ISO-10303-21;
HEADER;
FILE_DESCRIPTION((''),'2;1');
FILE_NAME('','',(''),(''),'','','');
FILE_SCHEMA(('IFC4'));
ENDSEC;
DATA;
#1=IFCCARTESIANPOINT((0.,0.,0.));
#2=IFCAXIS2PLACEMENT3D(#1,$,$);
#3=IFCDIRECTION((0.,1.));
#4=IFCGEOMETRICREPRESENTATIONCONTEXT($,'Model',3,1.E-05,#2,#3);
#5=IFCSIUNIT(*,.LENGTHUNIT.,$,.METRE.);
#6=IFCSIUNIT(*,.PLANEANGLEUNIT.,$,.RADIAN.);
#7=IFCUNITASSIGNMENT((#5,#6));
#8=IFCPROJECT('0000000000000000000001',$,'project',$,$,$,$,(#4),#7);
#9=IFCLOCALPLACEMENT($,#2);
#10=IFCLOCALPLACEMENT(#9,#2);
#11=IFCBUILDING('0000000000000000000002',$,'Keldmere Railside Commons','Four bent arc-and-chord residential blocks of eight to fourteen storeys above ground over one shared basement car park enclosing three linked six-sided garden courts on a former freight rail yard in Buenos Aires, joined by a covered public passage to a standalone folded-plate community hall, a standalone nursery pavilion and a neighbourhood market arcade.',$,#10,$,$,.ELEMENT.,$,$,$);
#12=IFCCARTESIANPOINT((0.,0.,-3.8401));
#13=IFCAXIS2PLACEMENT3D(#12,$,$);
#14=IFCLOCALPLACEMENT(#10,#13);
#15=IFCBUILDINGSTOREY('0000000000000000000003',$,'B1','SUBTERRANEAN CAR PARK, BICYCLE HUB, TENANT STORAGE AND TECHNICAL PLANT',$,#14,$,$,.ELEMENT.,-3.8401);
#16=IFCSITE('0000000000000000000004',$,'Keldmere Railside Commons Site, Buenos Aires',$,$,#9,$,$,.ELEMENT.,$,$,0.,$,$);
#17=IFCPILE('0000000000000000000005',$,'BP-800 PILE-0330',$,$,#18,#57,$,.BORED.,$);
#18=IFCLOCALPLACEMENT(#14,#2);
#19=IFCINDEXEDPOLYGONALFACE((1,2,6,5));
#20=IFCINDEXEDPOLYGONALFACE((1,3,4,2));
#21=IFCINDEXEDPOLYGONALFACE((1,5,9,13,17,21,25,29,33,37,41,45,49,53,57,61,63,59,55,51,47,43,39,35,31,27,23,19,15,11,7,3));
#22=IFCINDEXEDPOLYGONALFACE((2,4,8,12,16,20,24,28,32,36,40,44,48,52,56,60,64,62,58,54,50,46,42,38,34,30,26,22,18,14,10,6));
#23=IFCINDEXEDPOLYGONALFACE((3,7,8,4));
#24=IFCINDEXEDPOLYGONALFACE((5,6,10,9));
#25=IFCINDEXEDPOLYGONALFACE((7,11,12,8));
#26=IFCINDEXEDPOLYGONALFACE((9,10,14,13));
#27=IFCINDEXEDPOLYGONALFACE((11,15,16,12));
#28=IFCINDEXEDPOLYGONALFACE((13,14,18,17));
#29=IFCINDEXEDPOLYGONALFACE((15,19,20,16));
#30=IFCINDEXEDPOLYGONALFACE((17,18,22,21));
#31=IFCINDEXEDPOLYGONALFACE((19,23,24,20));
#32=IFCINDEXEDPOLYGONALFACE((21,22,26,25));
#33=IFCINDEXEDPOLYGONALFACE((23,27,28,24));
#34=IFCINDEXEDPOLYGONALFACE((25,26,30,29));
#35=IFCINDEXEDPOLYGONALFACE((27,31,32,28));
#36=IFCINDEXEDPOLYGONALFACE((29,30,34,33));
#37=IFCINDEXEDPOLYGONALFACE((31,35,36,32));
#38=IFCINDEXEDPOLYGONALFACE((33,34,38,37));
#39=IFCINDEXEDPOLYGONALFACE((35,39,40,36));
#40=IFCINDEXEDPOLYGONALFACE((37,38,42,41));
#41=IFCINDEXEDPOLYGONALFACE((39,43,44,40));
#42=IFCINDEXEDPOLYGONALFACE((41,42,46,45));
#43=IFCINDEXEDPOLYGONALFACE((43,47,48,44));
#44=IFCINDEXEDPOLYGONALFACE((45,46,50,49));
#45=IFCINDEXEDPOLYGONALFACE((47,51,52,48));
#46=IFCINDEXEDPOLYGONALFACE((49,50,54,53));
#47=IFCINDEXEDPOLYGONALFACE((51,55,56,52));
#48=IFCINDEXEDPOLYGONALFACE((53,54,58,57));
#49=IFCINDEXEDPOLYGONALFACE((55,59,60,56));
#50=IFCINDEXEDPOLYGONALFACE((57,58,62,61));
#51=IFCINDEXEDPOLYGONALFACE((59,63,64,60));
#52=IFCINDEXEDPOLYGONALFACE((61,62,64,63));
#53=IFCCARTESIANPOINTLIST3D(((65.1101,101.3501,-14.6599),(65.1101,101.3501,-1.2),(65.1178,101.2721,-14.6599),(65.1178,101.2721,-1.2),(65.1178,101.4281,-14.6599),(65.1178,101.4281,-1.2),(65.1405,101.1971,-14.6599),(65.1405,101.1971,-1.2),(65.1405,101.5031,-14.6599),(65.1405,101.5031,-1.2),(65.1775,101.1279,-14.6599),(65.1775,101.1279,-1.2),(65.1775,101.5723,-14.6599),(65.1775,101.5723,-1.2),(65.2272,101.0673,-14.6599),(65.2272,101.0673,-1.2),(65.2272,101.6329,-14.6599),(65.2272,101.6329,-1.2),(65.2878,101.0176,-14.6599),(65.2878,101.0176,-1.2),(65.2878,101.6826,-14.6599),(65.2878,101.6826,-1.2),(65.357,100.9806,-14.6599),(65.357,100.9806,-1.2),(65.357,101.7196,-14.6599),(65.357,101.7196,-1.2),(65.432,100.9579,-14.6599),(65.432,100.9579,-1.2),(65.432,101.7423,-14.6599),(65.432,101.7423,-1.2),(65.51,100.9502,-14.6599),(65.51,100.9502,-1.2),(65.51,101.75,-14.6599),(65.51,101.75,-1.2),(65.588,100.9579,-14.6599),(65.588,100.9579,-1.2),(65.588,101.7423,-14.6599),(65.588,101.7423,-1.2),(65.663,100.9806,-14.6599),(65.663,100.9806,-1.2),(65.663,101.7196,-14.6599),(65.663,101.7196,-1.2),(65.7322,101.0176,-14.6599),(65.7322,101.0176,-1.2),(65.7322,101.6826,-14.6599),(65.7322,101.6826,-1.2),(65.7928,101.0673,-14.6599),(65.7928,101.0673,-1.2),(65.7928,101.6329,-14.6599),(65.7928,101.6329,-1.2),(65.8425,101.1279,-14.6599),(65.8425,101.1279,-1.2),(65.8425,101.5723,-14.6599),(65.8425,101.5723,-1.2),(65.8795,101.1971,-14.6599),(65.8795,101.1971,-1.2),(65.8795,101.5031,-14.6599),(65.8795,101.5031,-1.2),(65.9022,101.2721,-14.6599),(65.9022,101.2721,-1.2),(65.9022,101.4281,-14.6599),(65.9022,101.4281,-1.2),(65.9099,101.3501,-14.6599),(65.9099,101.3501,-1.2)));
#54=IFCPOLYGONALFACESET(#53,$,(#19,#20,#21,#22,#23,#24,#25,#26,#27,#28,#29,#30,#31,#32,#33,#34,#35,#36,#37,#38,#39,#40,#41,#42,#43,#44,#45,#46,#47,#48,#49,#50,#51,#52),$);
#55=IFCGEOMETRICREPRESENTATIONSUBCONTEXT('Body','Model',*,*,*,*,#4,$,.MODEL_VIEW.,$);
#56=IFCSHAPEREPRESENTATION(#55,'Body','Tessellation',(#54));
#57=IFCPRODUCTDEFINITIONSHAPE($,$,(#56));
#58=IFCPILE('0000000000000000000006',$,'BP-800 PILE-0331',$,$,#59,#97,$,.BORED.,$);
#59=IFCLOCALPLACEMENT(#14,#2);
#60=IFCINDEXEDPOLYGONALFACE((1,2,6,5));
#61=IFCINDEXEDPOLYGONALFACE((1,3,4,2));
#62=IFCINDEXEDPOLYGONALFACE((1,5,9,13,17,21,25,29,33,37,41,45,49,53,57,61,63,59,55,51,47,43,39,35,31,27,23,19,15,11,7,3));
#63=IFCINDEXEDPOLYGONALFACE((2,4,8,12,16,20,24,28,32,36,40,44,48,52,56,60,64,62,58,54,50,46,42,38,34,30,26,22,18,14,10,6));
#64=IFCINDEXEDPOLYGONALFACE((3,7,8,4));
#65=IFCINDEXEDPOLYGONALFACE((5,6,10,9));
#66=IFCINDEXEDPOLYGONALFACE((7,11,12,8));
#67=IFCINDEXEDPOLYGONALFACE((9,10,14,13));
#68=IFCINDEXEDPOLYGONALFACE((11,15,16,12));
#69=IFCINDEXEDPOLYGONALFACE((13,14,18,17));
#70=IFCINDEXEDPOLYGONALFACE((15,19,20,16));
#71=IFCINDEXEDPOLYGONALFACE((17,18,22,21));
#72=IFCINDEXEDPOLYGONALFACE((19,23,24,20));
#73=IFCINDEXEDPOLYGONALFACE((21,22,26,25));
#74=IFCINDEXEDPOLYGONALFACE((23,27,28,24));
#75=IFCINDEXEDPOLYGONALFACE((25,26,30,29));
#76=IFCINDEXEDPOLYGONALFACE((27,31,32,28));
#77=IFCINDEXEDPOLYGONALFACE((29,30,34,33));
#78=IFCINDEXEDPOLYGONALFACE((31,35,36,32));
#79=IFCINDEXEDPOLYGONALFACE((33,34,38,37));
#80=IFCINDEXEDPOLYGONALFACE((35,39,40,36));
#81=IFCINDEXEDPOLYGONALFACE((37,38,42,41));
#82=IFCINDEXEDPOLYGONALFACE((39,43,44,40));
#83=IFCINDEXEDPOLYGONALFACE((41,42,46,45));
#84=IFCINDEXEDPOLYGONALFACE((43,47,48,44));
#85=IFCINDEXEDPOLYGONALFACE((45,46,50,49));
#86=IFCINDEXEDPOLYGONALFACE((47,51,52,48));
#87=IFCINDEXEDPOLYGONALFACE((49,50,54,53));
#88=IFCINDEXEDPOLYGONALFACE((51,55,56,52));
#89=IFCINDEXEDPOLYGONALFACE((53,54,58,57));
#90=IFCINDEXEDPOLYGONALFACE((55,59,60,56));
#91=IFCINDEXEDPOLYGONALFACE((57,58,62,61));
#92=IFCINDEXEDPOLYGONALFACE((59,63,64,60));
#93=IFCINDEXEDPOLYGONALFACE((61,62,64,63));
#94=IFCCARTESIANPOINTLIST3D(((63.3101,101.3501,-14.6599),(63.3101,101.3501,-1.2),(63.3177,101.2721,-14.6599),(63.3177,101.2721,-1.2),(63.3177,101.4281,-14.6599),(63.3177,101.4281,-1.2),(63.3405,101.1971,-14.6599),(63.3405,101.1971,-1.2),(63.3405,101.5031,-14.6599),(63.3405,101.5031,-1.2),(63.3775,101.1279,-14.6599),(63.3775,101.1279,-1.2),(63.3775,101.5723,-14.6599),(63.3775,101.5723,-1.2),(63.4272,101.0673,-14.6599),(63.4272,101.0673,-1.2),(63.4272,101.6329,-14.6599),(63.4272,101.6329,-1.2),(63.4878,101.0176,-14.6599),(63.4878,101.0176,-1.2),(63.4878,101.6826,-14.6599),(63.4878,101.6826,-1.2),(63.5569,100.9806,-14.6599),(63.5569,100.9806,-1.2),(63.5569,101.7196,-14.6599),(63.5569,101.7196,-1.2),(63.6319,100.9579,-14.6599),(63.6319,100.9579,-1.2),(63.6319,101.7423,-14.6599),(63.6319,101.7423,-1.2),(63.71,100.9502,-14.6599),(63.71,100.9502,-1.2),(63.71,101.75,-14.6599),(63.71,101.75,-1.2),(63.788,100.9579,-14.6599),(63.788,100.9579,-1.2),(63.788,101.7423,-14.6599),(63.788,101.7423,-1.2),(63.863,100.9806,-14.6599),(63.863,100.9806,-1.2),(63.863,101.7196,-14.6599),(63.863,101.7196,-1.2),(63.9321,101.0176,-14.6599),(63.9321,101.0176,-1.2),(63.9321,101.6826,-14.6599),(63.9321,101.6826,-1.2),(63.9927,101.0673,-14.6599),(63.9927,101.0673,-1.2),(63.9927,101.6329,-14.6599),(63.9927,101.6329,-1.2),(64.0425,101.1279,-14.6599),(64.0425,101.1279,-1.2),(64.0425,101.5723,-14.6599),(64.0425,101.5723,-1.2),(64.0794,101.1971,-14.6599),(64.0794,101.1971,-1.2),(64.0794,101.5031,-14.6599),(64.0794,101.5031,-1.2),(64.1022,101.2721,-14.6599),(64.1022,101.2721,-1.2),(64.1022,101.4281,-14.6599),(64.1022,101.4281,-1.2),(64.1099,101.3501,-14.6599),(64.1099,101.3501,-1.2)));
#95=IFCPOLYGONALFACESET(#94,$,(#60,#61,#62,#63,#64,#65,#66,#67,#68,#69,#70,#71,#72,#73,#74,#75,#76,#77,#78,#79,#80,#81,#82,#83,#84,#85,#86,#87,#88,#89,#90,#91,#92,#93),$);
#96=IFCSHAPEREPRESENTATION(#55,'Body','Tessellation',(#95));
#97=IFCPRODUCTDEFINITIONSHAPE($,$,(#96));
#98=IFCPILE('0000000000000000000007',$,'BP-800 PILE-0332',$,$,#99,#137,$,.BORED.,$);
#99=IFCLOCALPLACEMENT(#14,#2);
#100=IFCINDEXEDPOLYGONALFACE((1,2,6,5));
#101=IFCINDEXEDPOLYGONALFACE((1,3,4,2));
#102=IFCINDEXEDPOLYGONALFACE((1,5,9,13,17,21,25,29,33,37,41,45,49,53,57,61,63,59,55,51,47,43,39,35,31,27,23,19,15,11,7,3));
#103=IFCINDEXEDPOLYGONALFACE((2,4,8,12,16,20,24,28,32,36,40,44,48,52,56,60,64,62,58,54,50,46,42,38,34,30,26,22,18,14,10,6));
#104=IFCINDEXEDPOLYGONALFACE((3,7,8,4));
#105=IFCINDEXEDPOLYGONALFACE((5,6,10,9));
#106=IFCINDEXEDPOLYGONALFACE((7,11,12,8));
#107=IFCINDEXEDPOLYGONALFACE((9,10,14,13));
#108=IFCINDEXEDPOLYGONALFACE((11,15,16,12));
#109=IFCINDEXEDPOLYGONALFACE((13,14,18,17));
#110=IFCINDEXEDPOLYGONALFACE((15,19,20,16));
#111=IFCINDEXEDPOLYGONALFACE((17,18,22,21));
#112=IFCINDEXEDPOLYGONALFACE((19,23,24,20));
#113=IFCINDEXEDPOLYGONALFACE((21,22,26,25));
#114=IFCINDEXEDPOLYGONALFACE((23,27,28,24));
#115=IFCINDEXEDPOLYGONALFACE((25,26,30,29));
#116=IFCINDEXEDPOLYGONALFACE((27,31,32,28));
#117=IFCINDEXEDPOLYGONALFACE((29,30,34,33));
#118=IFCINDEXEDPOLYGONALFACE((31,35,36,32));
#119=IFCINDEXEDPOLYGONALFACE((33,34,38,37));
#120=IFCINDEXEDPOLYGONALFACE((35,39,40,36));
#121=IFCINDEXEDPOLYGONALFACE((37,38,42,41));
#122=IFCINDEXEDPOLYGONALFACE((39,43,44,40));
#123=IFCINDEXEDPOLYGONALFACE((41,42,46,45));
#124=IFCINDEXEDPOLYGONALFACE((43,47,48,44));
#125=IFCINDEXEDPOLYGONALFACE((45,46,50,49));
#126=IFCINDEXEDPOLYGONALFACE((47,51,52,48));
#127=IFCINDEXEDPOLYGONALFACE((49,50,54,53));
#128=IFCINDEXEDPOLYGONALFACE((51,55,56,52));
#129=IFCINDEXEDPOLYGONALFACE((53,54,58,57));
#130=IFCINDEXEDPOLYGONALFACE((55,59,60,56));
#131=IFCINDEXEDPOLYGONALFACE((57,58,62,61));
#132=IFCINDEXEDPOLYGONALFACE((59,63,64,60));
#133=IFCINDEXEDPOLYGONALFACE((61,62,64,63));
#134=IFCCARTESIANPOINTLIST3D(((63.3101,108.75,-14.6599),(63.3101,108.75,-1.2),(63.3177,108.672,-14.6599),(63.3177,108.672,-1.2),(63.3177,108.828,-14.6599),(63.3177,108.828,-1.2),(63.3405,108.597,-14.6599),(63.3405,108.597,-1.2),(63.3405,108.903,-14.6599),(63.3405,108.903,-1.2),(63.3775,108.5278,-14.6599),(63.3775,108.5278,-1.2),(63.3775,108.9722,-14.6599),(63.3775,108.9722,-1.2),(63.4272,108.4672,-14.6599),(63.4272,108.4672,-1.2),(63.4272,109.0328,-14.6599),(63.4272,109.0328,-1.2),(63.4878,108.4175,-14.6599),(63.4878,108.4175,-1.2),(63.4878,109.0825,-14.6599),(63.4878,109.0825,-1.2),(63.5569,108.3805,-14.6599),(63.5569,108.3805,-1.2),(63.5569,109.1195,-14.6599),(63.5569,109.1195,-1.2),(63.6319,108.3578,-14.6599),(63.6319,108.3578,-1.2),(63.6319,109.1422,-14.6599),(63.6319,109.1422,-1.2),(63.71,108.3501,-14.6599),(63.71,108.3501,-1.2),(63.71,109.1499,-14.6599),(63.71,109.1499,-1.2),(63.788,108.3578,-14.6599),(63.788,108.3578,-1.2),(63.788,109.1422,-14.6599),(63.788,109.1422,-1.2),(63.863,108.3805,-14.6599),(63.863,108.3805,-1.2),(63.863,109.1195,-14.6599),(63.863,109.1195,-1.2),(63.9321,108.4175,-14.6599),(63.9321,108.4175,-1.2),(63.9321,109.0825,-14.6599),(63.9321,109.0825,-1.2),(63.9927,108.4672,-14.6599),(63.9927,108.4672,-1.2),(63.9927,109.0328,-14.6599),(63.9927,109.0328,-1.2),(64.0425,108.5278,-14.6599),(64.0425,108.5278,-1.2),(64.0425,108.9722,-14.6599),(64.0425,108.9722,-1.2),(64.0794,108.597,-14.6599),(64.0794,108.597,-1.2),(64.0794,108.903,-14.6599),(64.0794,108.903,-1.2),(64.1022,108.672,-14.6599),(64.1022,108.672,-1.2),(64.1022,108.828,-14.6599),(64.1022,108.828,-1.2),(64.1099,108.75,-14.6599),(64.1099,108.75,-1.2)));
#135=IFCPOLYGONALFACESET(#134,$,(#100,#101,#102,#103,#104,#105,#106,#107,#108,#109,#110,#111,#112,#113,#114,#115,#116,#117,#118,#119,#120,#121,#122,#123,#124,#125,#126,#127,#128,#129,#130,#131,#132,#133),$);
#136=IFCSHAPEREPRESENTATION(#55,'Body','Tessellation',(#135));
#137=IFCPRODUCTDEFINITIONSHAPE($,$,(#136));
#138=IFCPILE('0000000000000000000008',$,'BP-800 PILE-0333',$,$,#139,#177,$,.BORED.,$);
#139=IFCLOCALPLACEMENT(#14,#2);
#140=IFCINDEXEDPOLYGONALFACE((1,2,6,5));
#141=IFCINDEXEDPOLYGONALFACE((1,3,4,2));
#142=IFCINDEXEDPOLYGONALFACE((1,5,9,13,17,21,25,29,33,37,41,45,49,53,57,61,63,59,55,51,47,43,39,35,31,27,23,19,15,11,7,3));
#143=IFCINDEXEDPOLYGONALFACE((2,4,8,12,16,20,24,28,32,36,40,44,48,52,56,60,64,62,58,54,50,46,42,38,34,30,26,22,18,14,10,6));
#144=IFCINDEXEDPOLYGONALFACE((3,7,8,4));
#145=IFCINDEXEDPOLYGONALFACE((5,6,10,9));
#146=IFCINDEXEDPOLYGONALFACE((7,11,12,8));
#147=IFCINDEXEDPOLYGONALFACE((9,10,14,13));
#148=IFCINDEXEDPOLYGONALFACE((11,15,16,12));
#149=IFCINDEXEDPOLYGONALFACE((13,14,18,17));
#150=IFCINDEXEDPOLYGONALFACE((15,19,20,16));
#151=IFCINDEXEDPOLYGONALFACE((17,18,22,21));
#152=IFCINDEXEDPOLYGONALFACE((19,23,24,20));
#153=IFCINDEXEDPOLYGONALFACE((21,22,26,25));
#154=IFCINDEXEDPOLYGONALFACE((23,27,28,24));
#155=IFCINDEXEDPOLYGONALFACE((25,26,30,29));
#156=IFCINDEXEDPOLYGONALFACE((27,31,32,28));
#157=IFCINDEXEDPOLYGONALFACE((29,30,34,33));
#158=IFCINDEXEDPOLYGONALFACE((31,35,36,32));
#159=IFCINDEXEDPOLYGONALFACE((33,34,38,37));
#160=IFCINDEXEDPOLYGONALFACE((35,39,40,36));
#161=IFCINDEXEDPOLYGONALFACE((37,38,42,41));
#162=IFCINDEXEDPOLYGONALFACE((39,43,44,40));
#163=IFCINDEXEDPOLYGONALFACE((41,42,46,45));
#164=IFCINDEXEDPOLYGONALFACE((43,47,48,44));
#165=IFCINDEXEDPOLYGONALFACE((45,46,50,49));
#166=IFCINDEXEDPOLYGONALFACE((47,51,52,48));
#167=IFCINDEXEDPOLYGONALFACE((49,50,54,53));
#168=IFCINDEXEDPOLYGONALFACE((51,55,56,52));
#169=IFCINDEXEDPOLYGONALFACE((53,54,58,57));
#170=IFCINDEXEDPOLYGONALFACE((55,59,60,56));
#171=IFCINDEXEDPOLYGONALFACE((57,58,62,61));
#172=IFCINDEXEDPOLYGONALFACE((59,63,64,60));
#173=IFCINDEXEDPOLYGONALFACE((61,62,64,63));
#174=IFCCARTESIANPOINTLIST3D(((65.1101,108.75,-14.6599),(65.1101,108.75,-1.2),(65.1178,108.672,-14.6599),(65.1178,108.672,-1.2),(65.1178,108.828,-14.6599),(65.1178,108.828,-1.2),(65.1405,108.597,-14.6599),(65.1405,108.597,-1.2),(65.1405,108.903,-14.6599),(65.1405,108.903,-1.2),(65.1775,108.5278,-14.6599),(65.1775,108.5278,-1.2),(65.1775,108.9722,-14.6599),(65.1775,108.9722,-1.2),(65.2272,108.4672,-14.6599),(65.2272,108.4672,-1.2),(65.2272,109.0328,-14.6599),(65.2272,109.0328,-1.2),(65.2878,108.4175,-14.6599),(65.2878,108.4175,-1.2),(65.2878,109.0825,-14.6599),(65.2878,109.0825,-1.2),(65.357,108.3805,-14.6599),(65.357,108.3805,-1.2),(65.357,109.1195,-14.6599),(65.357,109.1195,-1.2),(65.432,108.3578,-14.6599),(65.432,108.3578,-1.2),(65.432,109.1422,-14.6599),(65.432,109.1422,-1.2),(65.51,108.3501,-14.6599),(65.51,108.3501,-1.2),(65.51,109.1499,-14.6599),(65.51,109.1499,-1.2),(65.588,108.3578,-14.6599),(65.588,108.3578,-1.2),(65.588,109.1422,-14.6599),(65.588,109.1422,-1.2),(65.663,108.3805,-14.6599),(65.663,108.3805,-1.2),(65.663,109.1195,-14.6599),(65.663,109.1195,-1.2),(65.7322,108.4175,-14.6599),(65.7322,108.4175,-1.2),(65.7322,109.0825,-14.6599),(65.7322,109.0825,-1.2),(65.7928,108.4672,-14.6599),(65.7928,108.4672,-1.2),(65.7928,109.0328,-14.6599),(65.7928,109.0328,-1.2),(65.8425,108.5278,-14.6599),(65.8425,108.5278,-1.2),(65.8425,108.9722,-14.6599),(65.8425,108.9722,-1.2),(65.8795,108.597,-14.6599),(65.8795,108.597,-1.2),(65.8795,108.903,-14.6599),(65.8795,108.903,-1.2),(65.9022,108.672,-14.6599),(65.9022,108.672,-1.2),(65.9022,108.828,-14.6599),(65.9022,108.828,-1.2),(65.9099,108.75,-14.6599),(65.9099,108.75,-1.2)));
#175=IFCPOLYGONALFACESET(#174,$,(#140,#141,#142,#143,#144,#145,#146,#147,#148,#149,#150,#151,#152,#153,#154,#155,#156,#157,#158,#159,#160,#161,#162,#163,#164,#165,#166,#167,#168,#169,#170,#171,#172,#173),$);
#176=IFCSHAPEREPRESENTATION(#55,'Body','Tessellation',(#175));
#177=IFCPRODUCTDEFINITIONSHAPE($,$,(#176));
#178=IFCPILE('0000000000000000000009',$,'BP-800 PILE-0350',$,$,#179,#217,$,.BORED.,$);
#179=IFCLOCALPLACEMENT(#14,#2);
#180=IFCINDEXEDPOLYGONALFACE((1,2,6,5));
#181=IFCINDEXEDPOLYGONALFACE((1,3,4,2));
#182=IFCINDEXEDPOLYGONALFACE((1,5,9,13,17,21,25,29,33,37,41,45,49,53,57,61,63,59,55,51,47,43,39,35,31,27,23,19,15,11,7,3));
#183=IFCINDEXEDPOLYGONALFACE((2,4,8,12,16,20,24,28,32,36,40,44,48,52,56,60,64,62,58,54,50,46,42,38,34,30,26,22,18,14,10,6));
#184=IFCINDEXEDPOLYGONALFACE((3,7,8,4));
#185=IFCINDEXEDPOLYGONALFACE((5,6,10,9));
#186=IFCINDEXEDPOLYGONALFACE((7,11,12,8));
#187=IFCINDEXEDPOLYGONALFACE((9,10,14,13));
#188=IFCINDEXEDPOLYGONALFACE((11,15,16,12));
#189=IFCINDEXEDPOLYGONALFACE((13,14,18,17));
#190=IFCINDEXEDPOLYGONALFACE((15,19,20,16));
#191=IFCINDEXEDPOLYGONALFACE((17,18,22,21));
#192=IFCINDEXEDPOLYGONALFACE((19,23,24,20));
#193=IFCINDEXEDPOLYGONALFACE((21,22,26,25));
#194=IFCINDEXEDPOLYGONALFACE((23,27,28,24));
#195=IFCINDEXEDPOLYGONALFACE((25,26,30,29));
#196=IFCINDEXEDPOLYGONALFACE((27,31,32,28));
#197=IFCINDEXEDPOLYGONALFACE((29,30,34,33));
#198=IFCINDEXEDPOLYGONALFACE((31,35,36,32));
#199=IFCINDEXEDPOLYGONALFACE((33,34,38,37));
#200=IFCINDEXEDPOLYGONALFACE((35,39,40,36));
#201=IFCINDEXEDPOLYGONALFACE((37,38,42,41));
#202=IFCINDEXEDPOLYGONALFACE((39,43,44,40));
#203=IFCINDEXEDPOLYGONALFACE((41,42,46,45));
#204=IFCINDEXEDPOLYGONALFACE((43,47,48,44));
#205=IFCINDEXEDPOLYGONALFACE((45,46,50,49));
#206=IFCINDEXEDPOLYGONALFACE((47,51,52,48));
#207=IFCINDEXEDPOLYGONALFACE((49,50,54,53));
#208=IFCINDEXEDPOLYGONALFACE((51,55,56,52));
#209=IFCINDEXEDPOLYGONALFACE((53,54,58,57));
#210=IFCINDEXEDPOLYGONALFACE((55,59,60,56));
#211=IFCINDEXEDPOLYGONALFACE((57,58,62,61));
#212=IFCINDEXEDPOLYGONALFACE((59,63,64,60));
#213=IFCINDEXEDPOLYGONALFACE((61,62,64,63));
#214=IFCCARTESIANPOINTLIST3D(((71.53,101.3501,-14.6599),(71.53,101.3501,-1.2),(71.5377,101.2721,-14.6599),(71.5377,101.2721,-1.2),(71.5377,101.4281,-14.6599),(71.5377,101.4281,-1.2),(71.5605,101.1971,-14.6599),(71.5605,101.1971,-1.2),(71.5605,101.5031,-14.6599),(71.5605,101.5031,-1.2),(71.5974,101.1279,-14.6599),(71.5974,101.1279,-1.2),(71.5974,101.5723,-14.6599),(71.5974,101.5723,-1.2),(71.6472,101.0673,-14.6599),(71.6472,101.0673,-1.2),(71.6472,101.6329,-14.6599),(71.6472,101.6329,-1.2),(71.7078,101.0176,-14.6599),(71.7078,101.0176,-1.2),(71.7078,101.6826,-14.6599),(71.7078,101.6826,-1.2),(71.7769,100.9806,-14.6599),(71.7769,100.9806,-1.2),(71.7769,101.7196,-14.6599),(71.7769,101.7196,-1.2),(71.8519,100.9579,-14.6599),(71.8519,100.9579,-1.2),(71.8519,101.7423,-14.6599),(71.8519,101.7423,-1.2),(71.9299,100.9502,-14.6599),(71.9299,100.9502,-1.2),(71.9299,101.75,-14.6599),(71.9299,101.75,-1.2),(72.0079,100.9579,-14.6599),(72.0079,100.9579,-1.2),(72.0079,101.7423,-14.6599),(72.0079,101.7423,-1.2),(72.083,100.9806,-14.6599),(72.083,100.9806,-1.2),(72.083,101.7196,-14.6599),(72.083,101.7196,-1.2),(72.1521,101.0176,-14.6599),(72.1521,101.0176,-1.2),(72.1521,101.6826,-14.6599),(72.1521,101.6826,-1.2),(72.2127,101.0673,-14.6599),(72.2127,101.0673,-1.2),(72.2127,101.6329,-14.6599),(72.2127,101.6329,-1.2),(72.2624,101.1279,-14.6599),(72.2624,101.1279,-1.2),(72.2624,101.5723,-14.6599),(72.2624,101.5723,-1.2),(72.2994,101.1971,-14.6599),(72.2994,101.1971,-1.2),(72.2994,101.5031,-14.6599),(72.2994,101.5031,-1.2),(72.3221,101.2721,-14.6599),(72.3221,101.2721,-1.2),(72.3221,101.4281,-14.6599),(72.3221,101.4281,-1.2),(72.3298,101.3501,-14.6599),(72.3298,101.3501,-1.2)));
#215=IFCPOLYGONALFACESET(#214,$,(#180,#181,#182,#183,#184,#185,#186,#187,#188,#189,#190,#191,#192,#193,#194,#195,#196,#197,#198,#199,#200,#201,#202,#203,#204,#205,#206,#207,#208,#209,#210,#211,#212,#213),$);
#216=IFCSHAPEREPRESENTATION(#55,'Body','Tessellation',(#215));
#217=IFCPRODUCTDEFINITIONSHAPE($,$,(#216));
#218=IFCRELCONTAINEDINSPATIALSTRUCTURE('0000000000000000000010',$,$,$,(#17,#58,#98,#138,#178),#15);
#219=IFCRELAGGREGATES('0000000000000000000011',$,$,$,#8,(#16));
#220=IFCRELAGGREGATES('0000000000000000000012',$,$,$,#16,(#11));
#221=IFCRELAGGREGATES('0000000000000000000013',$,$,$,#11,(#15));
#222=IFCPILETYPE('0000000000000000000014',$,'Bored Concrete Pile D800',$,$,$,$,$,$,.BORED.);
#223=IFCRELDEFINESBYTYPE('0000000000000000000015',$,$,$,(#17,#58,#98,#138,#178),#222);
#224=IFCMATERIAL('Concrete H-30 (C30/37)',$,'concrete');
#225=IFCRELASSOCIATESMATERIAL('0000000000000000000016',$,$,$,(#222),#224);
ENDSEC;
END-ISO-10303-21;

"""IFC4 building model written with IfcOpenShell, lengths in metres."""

from ifc_helpers import new_model, si_unit, direction, frame, origin, origin_2d, place, context, subcontext, project, spatial, circle, extrude, material, material_profile, profile_set, type_object, element, save


model = new_model("IFC4")

# Units and contexts
model_context = context("Model", 3, precision=1e-05, world=origin(), true_north=direction((0.0, 1.0)))
body_context = subcontext(model_context, "Body", "Model", "MODEL_VIEW")
ifc_project = project(units=[si_unit("LENGTHUNIT", "METRE"), si_unit("PLANEANGLEUNIT", "RADIAN")], contexts=[model_context])

# Site, building, storey
site_placement = place(None, origin())
site = spatial("IfcSite", under=ifc_project, at=site_placement, Name="Keldmere Railside Commons Site, Buenos Aires", CompositionType="ELEMENT", RefElevation=0.0)
building_placement = place(site_placement, origin())
building = spatial("IfcBuilding", under=site, at=building_placement, Name="Keldmere Railside Commons", Description="Four bent arc-and-chord residential blocks of eight to fourteen storeys above ground over one shared basement car park enclosing three linked six-sided garden courts on a former freight rail yard in Buenos Aires, joined by a covered public passage to a standalone folded-plate community hall, a standalone nursery pavilion and a neighbourhood market arcade.", CompositionType="ELEMENT")
storey_placement = place(building_placement, frame((0.0, 0.0, -3.8401)))
storey = spatial("IfcBuildingStorey", under=building, at=storey_placement, Name="B1", Description="SUBTERRANEAN CAR PARK, BICYCLE HUB, TENANT STORAGE AND TECHNICAL PLANT", CompositionType="ELEMENT", Elevation=-3.8401)

# Piles
ifc_material_1 = material(Name="Concrete H-30 (C30/37)", Category="concrete")
ifc_material_profile_1 = material_profile(ifc_material_1, circle(Radius=0.3999, at=origin_2d()), Name="PILE-D800")
ifc_profile_set_1 = profile_set([ifc_material_profile_1], Name="Concrete H-30 (C30/37)")
pile_type = type_object("IfcPileType", Name="Bored Concrete Pile D800", PredefinedType="BORED", material=ifc_profile_set_1)
for number, where, z_axis, x_axis, name in (
    (1, (65.51, 101.3501, -1.2), (0.0, 0.0, -1.0), (1.0, 0.0, 0.0), "BP-800 PILE-0330"),
    (2, (63.71, 101.3501, -1.2), (0.0, 0.0, -1.0), (1.0, 0.0, 0.0), "BP-800 PILE-0331"),
    (3, (63.71, 108.75, -1.2), (0.0, 0.0, -1.0), (1.0, 0.0, 0.0), "BP-800 PILE-0332"),
    (4, (65.51, 108.75, -1.2), (0.0, 0.0, -1.0), (1.0, 0.0, 0.0), "BP-800 PILE-0333"),
    (5, (71.9299, 101.3501, -1.2), (0.0, 0.0, -1.0), (1.0, 0.0, 0.0), "BP-800 PILE-0350"),
):
    element("IfcPile", number, at=place(storey_placement, frame(where, z_axis=z_axis, x_axis=x_axis)), inside=storey, type_object=pile_type, Name=name, PredefinedType="BORED", context=body_context, shape_type="SweptSolid", body=[
        extrude(circle(Radius=0.3999, at=origin_2d()), origin(), (0.0, 0.0, 1.0), 13.46),
    ])

save(model, "model.ifc")
